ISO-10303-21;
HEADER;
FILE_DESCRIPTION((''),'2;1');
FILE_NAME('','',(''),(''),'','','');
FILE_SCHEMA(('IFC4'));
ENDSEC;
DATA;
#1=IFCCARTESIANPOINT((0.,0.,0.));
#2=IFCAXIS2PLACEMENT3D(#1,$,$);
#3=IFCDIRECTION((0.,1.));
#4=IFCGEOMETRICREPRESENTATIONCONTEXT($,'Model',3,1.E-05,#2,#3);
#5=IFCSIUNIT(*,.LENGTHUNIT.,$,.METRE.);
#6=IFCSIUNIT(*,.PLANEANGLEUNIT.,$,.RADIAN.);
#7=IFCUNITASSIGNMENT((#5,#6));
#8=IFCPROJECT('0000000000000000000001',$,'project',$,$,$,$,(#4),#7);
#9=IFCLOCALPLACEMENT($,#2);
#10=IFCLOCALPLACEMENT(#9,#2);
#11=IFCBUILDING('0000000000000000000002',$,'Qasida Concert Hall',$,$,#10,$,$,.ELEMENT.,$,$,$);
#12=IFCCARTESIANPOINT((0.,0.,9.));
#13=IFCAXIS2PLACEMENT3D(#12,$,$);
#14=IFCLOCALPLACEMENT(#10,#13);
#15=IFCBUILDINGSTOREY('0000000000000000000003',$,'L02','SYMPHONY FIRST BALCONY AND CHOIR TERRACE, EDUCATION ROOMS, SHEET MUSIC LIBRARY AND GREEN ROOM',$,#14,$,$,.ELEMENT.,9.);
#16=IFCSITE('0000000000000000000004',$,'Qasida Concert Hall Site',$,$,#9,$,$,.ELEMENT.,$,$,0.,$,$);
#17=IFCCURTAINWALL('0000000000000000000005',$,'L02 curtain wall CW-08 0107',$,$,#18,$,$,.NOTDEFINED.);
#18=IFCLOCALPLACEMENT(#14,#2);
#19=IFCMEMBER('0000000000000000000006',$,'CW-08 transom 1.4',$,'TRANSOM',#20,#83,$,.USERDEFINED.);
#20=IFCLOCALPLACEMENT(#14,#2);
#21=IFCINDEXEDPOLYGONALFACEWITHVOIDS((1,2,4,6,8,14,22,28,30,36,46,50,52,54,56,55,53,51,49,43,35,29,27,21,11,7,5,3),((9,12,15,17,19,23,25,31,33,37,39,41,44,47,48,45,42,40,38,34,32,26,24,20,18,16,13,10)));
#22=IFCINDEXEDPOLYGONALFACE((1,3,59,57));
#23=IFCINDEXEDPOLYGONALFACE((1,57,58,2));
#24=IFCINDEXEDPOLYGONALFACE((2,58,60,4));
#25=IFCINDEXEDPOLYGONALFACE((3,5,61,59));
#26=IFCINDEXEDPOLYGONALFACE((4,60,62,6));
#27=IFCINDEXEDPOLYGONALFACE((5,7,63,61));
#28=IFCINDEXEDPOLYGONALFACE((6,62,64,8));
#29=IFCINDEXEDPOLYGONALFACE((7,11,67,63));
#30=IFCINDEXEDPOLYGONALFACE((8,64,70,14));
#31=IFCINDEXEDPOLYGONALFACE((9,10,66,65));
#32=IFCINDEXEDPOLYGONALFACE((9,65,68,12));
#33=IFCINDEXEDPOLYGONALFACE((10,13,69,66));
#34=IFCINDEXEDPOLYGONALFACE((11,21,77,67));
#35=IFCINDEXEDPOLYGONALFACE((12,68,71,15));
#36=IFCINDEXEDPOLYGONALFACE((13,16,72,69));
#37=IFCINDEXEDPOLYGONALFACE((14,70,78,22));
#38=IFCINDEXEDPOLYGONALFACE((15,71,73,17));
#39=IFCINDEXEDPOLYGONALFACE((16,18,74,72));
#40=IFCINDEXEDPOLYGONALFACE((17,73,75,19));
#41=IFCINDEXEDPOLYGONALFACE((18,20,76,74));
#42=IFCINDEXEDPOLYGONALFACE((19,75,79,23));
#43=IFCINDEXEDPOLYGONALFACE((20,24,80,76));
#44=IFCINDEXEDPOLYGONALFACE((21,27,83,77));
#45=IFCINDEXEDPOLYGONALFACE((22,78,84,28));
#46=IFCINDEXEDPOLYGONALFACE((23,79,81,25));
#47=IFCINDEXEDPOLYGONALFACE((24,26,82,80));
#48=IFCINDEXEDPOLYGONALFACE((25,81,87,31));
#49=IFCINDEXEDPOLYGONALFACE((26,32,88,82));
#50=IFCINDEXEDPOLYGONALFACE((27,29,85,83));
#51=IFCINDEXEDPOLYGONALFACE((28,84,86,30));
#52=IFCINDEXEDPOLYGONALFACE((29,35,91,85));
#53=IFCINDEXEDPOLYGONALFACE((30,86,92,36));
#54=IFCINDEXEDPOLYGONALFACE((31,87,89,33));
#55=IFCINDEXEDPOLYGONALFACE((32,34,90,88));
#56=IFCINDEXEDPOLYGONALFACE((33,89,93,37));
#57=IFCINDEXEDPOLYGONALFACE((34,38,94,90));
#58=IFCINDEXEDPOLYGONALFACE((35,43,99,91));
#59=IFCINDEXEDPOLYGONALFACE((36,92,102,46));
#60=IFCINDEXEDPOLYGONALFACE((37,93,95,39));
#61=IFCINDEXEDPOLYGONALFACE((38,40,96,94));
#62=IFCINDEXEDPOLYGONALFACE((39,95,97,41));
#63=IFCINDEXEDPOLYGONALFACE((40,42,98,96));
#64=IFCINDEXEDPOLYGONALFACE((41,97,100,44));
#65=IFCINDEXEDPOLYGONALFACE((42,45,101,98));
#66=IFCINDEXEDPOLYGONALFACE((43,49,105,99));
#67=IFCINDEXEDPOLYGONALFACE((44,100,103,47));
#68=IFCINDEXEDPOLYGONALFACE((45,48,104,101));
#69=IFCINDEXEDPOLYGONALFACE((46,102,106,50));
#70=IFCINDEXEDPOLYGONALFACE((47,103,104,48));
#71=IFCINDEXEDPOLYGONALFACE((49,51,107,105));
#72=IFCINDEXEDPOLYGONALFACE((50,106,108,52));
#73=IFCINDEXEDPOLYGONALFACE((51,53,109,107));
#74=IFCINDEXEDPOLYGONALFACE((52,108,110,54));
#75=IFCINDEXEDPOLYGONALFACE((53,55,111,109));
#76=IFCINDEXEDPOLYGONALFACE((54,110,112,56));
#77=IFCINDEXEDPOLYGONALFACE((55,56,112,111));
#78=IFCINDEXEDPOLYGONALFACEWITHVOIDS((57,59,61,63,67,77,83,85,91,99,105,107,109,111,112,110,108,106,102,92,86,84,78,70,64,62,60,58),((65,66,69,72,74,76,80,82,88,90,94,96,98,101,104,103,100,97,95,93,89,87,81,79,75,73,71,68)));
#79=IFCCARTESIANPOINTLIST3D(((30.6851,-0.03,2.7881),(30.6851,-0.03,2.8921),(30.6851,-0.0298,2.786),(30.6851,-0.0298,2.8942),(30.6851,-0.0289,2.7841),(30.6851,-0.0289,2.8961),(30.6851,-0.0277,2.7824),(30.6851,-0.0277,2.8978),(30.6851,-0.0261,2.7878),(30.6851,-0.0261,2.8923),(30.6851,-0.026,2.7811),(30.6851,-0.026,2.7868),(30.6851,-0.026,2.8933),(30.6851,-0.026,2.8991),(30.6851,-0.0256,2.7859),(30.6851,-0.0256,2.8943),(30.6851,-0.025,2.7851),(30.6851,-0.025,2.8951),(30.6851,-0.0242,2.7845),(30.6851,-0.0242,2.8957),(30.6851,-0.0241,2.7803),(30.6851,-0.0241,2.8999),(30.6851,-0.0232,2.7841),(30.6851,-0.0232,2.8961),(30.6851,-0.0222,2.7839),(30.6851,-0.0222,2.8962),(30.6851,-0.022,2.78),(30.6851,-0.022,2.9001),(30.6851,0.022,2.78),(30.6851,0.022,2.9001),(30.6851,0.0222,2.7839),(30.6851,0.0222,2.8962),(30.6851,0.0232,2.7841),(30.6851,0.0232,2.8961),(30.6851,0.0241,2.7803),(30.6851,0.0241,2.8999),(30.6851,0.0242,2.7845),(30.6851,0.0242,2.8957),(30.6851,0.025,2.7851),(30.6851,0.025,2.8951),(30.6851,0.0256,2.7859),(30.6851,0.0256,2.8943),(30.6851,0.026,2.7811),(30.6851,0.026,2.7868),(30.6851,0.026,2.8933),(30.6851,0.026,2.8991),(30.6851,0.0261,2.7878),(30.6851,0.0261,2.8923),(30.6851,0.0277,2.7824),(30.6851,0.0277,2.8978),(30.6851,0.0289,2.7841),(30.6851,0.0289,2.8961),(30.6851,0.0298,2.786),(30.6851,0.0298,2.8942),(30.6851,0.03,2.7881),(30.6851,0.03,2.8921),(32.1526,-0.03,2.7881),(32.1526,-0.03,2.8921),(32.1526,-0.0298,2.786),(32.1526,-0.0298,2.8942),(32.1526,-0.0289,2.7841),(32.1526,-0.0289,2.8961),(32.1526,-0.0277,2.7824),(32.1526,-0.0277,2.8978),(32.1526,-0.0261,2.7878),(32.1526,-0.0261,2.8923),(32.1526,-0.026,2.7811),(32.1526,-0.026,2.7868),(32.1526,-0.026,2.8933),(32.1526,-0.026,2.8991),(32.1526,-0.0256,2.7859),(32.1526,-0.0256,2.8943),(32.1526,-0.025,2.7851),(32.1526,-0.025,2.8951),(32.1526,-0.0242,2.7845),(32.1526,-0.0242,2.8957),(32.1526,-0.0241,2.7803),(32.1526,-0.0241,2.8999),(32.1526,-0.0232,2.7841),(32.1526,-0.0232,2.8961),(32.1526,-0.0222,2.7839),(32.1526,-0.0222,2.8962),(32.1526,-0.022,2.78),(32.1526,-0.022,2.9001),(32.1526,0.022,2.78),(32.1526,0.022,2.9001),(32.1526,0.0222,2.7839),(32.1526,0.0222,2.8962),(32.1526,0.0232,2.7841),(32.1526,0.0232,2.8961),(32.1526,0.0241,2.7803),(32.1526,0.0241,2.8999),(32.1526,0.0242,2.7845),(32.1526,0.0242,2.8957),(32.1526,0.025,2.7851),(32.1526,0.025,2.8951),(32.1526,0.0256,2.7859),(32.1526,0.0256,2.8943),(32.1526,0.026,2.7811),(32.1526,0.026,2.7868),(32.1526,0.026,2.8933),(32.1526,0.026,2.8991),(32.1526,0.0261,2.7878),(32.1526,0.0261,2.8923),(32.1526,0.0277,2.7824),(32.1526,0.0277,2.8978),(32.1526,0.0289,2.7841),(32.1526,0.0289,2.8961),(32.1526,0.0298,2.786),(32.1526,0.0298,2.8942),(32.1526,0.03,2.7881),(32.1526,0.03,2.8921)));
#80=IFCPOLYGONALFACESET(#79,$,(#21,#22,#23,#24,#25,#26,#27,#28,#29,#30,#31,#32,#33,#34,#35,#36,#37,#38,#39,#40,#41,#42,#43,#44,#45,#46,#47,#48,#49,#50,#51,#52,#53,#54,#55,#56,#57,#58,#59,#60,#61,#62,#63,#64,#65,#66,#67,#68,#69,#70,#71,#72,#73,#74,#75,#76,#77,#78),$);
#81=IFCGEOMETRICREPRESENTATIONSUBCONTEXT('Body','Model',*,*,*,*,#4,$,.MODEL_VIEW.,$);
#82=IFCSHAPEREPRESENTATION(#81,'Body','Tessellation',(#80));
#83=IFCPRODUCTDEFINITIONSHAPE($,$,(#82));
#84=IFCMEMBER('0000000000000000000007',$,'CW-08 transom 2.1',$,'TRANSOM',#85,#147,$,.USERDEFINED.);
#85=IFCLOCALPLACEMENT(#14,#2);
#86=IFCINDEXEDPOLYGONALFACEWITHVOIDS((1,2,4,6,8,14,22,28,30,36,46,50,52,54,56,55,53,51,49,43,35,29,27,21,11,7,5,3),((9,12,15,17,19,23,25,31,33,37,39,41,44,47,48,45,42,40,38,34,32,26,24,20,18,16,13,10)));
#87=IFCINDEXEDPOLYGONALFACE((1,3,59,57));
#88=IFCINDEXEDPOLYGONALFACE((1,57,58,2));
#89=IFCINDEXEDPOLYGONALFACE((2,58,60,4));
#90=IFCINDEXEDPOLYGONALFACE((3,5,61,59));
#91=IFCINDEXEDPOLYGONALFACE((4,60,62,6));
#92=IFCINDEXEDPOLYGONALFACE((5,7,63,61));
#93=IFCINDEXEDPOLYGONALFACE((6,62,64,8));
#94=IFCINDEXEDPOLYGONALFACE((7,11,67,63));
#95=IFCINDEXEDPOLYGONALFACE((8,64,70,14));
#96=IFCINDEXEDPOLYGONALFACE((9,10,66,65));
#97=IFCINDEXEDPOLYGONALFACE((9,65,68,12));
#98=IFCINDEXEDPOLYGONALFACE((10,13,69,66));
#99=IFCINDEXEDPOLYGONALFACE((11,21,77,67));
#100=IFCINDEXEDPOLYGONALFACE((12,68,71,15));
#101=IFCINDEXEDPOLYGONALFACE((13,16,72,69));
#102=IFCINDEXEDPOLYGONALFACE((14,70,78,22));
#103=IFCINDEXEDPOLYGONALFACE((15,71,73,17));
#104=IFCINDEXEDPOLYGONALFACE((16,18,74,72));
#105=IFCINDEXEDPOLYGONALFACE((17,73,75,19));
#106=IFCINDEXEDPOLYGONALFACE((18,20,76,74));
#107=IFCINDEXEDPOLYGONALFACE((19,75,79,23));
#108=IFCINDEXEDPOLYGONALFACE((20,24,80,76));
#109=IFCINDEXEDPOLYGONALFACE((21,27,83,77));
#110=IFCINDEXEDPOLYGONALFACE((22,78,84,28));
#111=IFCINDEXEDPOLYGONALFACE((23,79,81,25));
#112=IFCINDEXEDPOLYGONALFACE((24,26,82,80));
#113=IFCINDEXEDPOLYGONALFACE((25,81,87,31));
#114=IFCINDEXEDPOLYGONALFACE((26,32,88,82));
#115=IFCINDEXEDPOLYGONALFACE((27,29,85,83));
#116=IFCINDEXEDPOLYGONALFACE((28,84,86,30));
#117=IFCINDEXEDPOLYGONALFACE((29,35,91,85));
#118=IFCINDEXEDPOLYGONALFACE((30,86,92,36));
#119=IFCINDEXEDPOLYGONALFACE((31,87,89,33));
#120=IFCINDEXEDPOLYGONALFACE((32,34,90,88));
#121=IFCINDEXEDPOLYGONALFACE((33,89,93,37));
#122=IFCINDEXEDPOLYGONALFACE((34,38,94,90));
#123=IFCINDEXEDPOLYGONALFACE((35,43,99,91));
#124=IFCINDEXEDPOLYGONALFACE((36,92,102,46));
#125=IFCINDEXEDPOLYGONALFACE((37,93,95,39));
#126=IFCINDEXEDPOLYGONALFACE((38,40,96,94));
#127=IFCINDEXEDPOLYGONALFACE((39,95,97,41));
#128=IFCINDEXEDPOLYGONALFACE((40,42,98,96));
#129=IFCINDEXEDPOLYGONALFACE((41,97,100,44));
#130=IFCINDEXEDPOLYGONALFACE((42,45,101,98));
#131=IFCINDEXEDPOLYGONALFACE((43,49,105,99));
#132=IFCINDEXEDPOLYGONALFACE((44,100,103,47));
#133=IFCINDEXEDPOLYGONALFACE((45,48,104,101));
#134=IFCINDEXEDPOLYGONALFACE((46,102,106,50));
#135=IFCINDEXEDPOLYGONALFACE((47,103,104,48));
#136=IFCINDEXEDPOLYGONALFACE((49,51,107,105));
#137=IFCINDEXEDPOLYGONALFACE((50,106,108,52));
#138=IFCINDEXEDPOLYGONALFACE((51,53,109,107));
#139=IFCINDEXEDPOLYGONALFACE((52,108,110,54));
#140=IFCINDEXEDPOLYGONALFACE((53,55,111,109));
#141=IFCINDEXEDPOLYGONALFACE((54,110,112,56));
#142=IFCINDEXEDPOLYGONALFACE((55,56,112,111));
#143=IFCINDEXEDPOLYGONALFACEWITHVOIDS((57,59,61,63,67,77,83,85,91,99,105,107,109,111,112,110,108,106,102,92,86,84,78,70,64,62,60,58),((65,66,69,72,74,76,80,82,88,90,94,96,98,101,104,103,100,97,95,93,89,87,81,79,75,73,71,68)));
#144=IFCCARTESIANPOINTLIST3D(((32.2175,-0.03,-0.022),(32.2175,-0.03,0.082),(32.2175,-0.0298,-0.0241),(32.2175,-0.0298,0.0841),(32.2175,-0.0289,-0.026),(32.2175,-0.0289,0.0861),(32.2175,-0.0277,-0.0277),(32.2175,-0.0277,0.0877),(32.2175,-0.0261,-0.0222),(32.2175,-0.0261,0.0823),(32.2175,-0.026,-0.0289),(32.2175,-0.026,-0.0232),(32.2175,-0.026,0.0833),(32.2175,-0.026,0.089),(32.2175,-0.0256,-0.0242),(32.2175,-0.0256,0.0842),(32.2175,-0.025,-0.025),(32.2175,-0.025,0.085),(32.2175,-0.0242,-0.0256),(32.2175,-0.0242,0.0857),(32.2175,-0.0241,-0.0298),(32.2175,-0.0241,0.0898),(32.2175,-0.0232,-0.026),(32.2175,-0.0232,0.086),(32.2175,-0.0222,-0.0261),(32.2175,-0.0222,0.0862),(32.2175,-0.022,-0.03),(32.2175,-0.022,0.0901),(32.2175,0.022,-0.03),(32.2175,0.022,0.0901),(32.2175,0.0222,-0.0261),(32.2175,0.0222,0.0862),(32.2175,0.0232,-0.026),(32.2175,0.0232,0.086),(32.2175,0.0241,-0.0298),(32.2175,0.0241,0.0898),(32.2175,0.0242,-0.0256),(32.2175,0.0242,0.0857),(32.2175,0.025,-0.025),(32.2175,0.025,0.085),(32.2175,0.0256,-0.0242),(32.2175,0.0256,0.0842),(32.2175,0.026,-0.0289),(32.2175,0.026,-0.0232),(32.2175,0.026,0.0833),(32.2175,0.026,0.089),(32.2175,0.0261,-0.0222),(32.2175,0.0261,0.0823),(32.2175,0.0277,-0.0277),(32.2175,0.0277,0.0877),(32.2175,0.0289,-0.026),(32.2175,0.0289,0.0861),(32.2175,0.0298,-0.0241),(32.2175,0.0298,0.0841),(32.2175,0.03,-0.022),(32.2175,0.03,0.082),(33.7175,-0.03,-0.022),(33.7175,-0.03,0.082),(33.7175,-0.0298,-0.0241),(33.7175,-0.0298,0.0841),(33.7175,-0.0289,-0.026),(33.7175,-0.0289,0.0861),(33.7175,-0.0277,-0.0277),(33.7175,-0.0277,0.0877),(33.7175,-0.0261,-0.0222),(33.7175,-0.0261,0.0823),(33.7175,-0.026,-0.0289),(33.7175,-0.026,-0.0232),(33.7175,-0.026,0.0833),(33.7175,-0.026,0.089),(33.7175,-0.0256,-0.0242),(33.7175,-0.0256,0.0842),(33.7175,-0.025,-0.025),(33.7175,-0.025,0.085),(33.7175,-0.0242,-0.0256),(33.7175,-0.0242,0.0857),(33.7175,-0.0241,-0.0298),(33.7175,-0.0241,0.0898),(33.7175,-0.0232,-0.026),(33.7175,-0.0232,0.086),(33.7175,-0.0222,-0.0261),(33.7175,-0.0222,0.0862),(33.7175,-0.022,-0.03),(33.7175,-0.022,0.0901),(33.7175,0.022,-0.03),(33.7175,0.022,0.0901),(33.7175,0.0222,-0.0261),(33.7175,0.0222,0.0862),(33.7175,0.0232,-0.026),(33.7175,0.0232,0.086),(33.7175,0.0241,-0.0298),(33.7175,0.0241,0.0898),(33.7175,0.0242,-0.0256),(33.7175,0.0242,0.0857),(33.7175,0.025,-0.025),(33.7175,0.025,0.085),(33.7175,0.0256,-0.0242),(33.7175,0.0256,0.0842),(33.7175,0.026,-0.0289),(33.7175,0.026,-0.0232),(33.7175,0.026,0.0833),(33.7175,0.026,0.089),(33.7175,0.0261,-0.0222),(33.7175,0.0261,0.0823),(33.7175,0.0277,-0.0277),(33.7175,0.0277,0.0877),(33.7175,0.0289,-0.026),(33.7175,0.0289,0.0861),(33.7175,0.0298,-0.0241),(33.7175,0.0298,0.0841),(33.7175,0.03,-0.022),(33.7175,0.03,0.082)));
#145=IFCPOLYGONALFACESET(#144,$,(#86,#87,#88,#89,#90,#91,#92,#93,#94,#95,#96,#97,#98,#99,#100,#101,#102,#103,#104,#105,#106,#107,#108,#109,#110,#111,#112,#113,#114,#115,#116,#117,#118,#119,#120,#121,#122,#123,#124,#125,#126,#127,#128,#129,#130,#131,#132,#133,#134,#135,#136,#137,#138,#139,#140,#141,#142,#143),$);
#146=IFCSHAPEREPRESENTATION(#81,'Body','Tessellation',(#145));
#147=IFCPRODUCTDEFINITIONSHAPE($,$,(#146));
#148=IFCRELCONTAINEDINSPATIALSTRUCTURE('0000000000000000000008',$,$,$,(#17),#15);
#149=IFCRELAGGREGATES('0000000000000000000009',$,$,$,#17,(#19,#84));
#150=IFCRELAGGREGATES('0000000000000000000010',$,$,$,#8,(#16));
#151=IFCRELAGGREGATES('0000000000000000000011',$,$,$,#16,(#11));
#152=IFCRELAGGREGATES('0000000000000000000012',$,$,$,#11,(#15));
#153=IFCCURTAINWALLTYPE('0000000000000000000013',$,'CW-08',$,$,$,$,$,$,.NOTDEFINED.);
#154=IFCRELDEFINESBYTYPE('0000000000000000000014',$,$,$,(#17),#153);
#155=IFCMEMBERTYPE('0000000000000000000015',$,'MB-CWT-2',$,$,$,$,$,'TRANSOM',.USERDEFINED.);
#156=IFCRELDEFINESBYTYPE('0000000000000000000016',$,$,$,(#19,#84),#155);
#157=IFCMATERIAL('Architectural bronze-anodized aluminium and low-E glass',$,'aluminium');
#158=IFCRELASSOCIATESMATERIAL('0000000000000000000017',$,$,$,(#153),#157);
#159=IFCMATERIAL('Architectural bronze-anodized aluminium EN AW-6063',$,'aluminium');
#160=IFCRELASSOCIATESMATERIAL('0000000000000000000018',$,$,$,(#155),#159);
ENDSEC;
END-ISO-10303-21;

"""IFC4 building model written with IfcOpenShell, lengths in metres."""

from ifc_helpers import new_model, si_unit, direction, frame, origin, origin_2d, place, context, subcontext, project, spatial, hollow_rectangle, extrude, material, material_profile, profile_set, type_object, element, aggregate, save


model = new_model("IFC4")

# Units and contexts
model_context = context("Model", 3, precision=1e-05, world=origin(), true_north=direction((0.0, 1.0)))
body_context = subcontext(model_context, "Body", "Model", "MODEL_VIEW")
ifc_project = project(units=[si_unit("LENGTHUNIT", "METRE"), si_unit("PLANEANGLEUNIT", "RADIAN")], contexts=[model_context])

# Site, building, storey
site_placement = place(None, origin())
site = spatial("IfcSite", under=ifc_project, at=site_placement, Name="Qasida Concert Hall Site", CompositionType="ELEMENT", RefElevation=0.0)
building_placement = place(site_placement, origin())
building = spatial("IfcBuilding", under=site, at=building_placement, Name="Qasida Concert Hall", CompositionType="ELEMENT")
storey_placement = place(building_placement, frame((0.0, 0.0, 9.0)))
storey = spatial("IfcBuildingStorey", under=building, at=storey_placement, Name="L02", Description="SYMPHONY FIRST BALCONY AND CHOIR TERRACE, EDUCATION ROOMS, SHEET MUSIC LIBRARY AND GREEN ROOM", CompositionType="ELEMENT", Elevation=9.0)

# Curtain wall, members
ifc_material_1 = material(Name="Architectural bronze-anodized aluminium and low-E glass", Category="aluminium")
curtain_wall_type = type_object("IfcCurtainWallType", Name="CW-08", PredefinedType="NOTDEFINED", material=ifc_material_1)
curtain_wall_placement = place(storey_placement, origin())
curtain_wall = element("IfcCurtainWall", 1, at=curtain_wall_placement, inside=storey, type_object=curtain_wall_type, Name="L02 curtain wall CW-08 0107", PredefinedType="NOTDEFINED")
ifc_material_2 = material(Name="Architectural bronze-anodized aluminium EN AW-6063", Category="aluminium")
ifc_material_profile_1 = material_profile(ifc_material_2, hollow_rectangle(XDim=0.0601, YDim=0.1201, WallThickness=0.0039, InnerFilletRadius=0.0039, OuterFilletRadius=0.0081, at=origin_2d()), Name="CWT 120x60x4")
ifc_profile_set_1 = profile_set([ifc_material_profile_1], Name="Architectural bronze-anodized aluminium EN AW-6063")
member_type_1 = type_object("IfcMemberType", Name="MB-CWT-2", ElementType="TRANSOM", PredefinedType="USERDEFINED", material=ifc_profile_set_1)
member_1_placement = place(storey_placement, frame((30.6851, 0.0, 2.8401), z_axis=(1.0, 0.0, 0.0), x_axis=(0.0, 1.0, 0.0)))
member_1 = element("IfcMember", 2, at=member_1_placement, type_object=member_type_1, Name="CW-08 transom 1.4", ObjectType="TRANSOM", PredefinedType="USERDEFINED", context=body_context, shape_type="SweptSolid", body=[
    extrude(hollow_rectangle(XDim=0.0601, YDim=0.1201, WallThickness=0.0039, InnerFilletRadius=0.0039, OuterFilletRadius=0.0081, at=origin_2d()), origin(), (0.0, 0.0, 1.0), 1.4675),
])
member_2_placement = place(storey_placement, frame((32.2175, 0.0, 0.03), z_axis=(1.0, 0.0, 0.0), x_axis=(0.0, 1.0, 0.0)))
member_2 = element("IfcMember", 3, at=member_2_placement, type_object=member_type_1, Name="CW-08 transom 2.1", ObjectType="TRANSOM", PredefinedType="USERDEFINED", context=body_context, shape_type="SweptSolid", body=[
    extrude(hollow_rectangle(XDim=0.0601, YDim=0.1201, WallThickness=0.0039, InnerFilletRadius=0.0039, OuterFilletRadius=0.0081, at=origin_2d()), origin(), (0.0, 0.0, 1.0), 1.5),
])
aggregate(curtain_wall, [member_1, member_2])

save(model, "model.ifc")
